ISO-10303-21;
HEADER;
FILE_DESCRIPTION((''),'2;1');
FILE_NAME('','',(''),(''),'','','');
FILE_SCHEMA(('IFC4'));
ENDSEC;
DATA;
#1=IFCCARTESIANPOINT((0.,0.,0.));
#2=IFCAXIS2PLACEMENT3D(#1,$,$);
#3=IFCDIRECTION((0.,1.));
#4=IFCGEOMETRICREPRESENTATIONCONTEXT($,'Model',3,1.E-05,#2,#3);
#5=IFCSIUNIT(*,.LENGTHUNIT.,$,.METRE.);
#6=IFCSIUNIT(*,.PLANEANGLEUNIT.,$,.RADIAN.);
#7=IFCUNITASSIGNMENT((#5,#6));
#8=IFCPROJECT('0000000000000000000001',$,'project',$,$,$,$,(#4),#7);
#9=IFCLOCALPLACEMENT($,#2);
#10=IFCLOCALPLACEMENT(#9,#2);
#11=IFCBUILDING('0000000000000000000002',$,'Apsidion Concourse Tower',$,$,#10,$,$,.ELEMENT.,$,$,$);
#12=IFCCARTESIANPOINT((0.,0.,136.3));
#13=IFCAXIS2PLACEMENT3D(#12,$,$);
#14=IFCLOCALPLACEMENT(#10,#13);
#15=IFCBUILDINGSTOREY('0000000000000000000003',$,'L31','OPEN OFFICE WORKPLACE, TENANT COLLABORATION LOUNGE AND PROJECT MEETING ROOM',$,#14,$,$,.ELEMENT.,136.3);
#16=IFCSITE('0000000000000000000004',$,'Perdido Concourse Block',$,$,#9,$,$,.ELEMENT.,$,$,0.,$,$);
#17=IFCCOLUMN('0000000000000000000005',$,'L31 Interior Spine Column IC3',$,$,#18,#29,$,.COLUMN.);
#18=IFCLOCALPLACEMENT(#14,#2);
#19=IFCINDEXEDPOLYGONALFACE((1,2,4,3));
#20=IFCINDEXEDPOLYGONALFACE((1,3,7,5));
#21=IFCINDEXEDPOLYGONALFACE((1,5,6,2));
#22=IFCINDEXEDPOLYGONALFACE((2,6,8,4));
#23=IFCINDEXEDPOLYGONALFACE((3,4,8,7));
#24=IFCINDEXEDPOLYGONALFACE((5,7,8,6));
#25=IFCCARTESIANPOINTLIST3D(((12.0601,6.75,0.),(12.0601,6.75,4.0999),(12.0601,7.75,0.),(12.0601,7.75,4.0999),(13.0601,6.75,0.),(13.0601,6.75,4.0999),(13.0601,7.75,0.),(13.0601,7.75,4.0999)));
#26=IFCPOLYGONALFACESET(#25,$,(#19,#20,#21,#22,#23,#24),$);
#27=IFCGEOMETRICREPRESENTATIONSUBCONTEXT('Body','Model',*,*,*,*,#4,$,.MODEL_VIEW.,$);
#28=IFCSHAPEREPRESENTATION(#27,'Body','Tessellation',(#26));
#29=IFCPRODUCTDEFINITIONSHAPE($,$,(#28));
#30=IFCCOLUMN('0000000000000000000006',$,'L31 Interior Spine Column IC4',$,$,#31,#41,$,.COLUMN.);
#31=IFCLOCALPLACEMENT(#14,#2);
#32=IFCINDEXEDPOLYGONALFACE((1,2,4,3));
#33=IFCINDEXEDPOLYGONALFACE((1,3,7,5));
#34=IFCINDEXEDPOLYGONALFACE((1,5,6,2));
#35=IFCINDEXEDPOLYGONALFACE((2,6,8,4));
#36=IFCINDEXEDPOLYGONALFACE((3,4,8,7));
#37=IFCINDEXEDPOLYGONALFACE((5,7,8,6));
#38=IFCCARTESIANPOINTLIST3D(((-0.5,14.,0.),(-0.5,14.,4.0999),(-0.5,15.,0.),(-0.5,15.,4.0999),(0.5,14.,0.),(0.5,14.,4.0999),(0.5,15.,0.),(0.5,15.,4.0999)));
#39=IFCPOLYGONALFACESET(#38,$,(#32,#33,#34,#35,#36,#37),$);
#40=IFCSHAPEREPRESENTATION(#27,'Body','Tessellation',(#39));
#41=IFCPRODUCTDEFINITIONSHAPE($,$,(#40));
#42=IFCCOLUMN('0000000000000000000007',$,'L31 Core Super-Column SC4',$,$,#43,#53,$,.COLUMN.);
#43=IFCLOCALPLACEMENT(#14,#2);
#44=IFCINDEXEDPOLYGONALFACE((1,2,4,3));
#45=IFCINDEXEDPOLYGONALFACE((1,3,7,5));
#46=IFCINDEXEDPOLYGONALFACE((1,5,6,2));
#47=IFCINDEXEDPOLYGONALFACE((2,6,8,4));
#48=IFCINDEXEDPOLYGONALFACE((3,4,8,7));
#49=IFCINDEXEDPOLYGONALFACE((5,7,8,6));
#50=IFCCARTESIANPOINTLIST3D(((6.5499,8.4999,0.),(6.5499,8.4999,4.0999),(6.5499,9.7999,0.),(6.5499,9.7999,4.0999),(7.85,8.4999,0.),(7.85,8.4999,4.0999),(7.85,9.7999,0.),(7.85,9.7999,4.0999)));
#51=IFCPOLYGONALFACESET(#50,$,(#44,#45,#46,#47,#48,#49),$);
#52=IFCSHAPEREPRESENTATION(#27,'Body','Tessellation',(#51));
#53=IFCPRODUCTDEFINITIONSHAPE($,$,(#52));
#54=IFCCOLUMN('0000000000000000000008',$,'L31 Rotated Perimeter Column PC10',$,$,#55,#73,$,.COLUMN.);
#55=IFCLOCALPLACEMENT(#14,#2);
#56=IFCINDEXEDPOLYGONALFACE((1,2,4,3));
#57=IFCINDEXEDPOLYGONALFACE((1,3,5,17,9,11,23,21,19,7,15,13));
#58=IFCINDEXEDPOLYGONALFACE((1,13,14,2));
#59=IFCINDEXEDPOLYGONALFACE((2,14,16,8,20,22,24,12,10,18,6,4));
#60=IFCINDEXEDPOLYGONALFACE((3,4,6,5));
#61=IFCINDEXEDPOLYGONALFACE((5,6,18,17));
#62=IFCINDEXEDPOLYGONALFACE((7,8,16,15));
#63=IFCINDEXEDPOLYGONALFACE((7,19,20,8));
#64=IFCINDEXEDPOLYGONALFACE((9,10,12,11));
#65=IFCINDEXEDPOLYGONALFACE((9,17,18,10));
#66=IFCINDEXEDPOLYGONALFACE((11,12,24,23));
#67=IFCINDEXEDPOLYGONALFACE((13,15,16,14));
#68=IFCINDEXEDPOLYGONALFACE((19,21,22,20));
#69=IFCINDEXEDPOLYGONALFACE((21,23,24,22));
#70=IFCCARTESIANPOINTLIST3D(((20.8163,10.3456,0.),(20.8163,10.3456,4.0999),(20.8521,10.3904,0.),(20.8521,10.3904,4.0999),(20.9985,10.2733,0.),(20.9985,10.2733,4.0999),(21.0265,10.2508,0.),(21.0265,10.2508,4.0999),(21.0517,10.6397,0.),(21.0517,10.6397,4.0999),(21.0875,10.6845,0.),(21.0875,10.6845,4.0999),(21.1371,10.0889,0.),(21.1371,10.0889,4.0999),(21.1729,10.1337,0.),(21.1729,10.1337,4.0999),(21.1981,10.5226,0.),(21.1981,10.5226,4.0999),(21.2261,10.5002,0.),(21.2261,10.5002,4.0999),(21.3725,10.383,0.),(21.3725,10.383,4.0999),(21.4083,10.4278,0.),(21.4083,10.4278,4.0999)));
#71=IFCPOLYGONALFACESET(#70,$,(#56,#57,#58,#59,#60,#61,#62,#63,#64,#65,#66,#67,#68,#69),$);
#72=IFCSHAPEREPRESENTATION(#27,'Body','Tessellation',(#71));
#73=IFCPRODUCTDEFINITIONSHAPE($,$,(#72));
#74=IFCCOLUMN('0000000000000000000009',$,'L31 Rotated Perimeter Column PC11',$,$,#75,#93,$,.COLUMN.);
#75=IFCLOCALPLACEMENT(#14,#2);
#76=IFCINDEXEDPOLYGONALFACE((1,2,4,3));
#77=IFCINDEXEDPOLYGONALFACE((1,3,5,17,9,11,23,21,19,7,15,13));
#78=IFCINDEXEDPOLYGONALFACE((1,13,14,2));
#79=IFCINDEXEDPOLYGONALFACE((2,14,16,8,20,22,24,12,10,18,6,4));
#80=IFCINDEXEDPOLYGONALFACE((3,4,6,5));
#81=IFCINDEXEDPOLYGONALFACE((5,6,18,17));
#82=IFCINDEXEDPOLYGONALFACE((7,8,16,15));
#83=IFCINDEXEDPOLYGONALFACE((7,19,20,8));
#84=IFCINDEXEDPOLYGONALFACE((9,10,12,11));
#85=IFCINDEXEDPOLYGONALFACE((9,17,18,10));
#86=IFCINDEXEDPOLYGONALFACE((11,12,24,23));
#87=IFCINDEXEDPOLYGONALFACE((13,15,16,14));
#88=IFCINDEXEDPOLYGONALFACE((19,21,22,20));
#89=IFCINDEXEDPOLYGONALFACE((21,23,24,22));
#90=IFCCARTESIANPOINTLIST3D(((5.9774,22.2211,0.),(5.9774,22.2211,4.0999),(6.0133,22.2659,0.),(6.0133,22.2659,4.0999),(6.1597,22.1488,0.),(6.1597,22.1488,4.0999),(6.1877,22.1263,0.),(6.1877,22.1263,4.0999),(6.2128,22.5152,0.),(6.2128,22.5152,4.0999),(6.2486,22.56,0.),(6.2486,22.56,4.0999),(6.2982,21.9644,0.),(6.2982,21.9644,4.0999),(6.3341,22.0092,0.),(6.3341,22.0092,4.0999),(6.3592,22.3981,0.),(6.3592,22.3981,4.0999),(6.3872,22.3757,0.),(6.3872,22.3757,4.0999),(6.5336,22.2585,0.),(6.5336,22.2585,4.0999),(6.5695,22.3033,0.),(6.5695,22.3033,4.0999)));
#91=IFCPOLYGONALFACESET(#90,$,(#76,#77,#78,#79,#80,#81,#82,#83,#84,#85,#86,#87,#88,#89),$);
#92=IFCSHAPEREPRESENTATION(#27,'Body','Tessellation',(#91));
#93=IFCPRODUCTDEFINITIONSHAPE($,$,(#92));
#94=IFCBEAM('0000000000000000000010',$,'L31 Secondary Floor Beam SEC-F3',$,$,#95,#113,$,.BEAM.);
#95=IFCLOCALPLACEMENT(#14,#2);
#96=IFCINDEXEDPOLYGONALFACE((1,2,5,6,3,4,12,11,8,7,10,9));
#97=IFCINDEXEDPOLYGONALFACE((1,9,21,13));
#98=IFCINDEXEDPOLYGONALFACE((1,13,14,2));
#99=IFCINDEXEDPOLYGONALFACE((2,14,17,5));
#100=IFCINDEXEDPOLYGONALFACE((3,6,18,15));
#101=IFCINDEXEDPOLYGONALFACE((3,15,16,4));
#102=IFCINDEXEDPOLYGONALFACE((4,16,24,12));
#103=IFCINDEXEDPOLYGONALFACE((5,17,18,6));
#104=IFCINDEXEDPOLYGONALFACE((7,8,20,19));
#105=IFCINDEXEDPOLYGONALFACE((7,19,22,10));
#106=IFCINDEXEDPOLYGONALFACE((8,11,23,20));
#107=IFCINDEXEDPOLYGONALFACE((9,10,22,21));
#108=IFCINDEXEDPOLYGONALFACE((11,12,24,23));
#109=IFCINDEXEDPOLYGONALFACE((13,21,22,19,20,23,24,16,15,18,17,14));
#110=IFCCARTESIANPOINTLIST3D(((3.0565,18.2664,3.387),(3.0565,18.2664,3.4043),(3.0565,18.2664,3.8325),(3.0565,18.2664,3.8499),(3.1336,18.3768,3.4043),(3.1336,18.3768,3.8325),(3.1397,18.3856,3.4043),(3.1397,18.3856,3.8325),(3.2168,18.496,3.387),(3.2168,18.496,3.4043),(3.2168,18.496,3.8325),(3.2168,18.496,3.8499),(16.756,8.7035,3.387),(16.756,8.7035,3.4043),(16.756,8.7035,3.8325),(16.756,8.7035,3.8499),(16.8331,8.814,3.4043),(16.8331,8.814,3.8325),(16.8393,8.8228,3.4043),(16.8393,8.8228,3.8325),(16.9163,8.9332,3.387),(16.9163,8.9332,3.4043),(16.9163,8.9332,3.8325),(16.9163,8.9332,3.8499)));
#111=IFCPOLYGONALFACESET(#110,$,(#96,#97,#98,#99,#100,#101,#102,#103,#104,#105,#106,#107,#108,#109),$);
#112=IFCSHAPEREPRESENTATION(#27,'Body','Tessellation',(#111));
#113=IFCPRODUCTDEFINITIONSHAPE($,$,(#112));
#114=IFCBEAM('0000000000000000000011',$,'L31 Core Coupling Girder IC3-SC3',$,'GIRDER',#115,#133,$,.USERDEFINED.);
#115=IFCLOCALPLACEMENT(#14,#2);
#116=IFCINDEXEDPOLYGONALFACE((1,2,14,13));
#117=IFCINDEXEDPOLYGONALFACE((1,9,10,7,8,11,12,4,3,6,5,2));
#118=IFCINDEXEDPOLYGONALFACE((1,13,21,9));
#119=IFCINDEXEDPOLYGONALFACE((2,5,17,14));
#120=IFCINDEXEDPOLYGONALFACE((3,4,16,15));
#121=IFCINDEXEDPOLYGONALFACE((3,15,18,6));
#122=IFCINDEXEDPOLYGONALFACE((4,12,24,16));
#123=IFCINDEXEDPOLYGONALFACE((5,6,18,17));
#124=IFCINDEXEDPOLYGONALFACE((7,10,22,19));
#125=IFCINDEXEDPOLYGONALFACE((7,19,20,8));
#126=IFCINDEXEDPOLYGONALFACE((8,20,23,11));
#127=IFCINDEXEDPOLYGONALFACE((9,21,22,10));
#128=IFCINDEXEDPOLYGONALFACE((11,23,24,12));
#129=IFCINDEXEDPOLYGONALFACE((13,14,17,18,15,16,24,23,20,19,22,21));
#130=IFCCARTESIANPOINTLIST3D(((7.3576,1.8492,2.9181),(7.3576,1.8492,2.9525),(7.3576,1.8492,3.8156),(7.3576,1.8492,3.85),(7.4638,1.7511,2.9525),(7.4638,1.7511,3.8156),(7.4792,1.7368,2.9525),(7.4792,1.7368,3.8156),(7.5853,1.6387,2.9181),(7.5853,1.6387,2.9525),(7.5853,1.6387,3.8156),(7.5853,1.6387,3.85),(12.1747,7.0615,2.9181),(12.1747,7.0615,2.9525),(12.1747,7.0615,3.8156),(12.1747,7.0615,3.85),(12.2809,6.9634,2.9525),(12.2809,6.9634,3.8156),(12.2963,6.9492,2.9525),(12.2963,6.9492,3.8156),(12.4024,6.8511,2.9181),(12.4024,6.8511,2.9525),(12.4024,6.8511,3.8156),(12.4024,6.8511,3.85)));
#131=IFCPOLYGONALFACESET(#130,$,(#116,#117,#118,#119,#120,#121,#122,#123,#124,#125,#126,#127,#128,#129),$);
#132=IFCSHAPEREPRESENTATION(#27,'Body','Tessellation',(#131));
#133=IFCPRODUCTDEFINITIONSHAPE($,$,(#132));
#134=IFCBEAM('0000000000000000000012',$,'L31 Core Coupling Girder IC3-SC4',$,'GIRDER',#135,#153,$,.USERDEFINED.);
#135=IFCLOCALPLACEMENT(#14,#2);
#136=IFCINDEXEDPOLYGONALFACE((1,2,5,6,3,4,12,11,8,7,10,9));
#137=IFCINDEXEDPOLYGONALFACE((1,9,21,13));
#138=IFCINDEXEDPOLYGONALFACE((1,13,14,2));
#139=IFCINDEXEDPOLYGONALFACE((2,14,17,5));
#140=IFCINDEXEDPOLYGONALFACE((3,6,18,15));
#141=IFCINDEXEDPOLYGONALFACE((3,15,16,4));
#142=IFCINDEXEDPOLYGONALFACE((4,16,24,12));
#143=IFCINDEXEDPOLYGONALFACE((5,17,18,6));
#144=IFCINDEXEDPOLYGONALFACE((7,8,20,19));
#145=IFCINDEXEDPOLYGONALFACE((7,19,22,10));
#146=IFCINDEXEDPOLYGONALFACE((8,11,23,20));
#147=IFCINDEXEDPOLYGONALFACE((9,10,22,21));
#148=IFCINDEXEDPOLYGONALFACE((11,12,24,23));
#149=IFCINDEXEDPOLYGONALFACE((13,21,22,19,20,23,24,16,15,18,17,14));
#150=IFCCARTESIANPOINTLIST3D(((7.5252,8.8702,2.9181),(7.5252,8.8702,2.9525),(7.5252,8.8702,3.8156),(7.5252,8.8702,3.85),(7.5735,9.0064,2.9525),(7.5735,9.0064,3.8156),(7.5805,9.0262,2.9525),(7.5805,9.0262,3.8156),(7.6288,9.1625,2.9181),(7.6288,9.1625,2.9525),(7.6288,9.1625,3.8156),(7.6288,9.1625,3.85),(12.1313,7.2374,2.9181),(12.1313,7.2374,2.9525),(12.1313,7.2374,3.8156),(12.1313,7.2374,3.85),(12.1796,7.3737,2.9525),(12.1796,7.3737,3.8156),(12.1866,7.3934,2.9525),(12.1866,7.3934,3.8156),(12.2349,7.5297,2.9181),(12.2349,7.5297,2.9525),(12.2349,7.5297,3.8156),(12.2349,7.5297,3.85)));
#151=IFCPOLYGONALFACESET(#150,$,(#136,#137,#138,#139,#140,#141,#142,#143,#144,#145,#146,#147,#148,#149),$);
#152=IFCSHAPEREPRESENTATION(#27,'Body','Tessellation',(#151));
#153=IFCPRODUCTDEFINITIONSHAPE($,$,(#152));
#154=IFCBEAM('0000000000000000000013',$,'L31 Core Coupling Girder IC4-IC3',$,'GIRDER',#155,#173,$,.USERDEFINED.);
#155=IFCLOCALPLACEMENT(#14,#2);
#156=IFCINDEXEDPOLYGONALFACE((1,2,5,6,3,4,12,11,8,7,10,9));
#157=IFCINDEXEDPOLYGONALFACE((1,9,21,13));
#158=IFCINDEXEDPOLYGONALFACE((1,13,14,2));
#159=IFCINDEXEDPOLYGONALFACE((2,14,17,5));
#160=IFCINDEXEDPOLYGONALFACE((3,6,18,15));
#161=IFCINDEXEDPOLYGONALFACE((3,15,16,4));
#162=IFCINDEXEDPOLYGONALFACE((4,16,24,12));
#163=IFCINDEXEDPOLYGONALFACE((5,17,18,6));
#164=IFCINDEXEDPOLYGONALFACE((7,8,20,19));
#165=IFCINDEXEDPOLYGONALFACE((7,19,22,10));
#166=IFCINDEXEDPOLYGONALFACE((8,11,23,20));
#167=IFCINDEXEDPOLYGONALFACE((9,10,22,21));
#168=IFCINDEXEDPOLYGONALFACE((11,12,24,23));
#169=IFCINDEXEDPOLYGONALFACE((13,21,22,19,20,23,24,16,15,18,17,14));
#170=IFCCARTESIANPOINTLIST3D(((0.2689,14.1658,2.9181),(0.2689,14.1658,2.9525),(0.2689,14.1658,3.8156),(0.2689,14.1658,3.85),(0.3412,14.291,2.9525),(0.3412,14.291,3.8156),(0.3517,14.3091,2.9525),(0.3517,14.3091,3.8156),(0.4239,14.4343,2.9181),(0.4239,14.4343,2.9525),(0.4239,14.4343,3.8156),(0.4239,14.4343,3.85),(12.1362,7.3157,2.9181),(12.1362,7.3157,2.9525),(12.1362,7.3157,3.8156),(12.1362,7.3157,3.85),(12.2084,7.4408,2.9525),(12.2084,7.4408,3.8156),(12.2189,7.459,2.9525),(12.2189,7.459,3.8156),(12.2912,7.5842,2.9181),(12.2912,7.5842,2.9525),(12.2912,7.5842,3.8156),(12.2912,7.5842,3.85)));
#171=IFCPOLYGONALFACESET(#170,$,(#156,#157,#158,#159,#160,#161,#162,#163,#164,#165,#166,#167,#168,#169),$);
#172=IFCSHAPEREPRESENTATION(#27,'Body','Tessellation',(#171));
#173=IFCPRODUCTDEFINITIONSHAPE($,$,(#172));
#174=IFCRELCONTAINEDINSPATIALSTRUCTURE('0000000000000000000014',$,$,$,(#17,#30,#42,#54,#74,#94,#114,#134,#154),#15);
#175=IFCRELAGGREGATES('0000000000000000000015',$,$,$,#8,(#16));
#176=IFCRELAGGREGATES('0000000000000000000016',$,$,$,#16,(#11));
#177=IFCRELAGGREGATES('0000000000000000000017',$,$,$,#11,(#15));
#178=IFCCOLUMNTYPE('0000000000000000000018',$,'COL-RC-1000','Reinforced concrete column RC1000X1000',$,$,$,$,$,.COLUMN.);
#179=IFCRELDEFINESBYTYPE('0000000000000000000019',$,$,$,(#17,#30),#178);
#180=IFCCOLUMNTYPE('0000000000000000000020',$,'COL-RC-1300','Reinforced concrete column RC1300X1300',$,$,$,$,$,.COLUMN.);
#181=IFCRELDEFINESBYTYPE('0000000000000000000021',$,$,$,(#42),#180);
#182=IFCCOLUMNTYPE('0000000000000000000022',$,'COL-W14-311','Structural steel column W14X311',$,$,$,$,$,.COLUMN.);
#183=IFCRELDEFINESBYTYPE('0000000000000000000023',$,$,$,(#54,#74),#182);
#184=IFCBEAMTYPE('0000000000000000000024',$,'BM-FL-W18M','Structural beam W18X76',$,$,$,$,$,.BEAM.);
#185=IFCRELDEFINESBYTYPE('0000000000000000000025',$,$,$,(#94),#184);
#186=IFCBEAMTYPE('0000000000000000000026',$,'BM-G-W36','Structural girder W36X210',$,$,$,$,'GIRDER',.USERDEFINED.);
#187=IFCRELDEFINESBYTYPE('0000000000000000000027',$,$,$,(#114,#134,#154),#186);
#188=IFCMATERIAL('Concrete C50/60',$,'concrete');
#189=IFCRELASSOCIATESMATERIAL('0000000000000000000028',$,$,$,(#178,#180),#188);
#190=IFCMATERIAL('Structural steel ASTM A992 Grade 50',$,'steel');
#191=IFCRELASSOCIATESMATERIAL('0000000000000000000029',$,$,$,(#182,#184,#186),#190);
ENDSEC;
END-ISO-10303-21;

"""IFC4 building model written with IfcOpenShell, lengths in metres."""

from ifc_helpers import new_model, si_unit, direction, frame, origin, origin_2d, place, context, subcontext, project, spatial, rectangle, i_section, extrude, material, material_profile, profile_set, type_object, element, save


model = new_model("IFC4")

# Units and contexts
model_context = context("Model", 3, precision=1e-05, world=origin(), true_north=direction((0.0, 1.0)))
body_context = subcontext(model_context, "Body", "Model", "MODEL_VIEW")
ifc_project = project(units=[si_unit("LENGTHUNIT", "METRE"), si_unit("PLANEANGLEUNIT", "RADIAN")], contexts=[model_context])

# Site, building, storey
site_placement = place(None, origin())
site = spatial("IfcSite", under=ifc_project, at=site_placement, Name="Perdido Concourse Block", CompositionType="ELEMENT", RefElevation=0.0)
building_placement = place(site_placement, origin())
building = spatial("IfcBuilding", under=site, at=building_placement, Name="Apsidion Concourse Tower", CompositionType="ELEMENT")
storey_placement = place(building_placement, frame((0.0, 0.0, 136.3)))
storey = spatial("IfcBuildingStorey", under=building, at=storey_placement, Name="L31", Description="OPEN OFFICE WORKPLACE, TENANT COLLABORATION LOUNGE AND PROJECT MEETING ROOM", CompositionType="ELEMENT", Elevation=136.3)

# Columns
ifc_material_1 = material(Name="Concrete C50/60", Category="concrete")
ifc_material_profile_1 = material_profile(ifc_material_1, rectangle(XDim=1.0, YDim=1.0, at=origin_2d()), Name="RC 1000x1000")
ifc_profile_set_1 = profile_set([ifc_material_profile_1], Name="Concrete C50/60")
column_type_1 = type_object("IfcColumnType", Name="COL-RC-1000", Description="Reinforced concrete column RC1000X1000", PredefinedType="COLUMN", material=ifc_profile_set_1)
for number, where, z_axis, x_axis, name in (
    (1, (12.5601, 7.25, 0.0), (0.0, 0.0, 1.0), (1.0, 0.0, 0.0), "L31 Interior Spine Column IC3"),
    (2, (0.0, 14.5, 0.0), (0.0, 0.0, 1.0), (1.0, 0.0, 0.0), "L31 Interior Spine Column IC4"),
):
    element("IfcColumn", number, at=place(storey_placement, frame(where, z_axis=z_axis, x_axis=x_axis)), inside=storey, type_object=column_type_1, Name=name, PredefinedType="COLUMN", context=body_context, shape_type="SweptSolid", body=[
        extrude(rectangle(XDim=1.0, YDim=1.0, at=origin_2d()), origin(), (0.0, 0.0, 1.0), 4.0999),
    ])
ifc_material_profile_2 = material_profile(ifc_material_1, rectangle(XDim=1.3, YDim=1.3, at=origin_2d()), Name="RC 1300x1300")
ifc_profile_set_2 = profile_set([ifc_material_profile_2], Name="Concrete C50/60")
column_type_2 = type_object("IfcColumnType", Name="COL-RC-1300", Description="Reinforced concrete column RC1300X1300", PredefinedType="COLUMN", material=ifc_profile_set_2)
column_placement = place(storey_placement, frame((7.2, 9.1499, 0.0), z_axis=(0.0, 0.0, 1.0), x_axis=(1.0, 0.0, 0.0)))
element("IfcColumn", 3, at=column_placement, inside=storey, type_object=column_type_2, Name="L31 Core Super-Column SC4", PredefinedType="COLUMN", context=body_context, shape_type="SweptSolid", body=[
    extrude(rectangle(XDim=1.3, YDim=1.3, at=origin_2d()), origin(), (0.0, 0.0, 1.0), 4.0999),
])
ifc_material_2 = material(Name="Structural steel ASTM A992 Grade 50", Category="steel")
ifc_material_profile_3 = material_profile(ifc_material_2, i_section(OverallWidth=0.4109, OverallDepth=0.4341, WebThickness=0.0359, FlangeThickness=0.0574, at=origin_2d()), Name="W14X311")
ifc_profile_set_3 = profile_set([ifc_material_profile_3], Name="Structural steel ASTM A992 Grade 50")
column_type_3 = type_object("IfcColumnType", Name="COL-W14-311", Description="Structural steel column W14X311", PredefinedType="COLUMN", material=ifc_profile_set_3)
for number, where, z_axis, x_axis, name in (
    (4, (21.1123, 10.3867, 0.0), (0.0, 0.0, 1.0), (-0.780758, 0.624834, 0.0), "L31 Rotated Perimeter Column PC10"),
    (5, (6.2734, 22.2622, 0.0), (0.0, 0.0, 1.0), (-0.780758, 0.624834, 0.0), "L31 Rotated Perimeter Column PC11"),
):
    element("IfcColumn", number, at=place(storey_placement, frame(where, z_axis=z_axis, x_axis=x_axis)), inside=storey, type_object=column_type_3, Name=name, PredefinedType="COLUMN", context=body_context, shape_type="SweptSolid", body=[
        extrude(i_section(OverallWidth=0.4109, OverallDepth=0.4341, WebThickness=0.0359, FlangeThickness=0.0574, at=origin_2d()), origin(), (0.0, 0.0, 1.0), 4.0999),
    ])

# Beams
ifc_material_profile_4 = material_profile(ifc_material_2, i_section(OverallWidth=0.28, OverallDepth=0.4629, WebThickness=0.0107, FlangeThickness=0.0173, at=origin_2d()), Name="W18X76")
ifc_profile_set_4 = profile_set([ifc_material_profile_4], Name="Structural steel ASTM A992 Grade 50")
beam_type_1 = type_object("IfcBeamType", Name="BM-FL-W18M", Description="Structural beam W18X76", PredefinedType="BEAM", material=ifc_profile_set_4)
beam_1_placement = place(storey_placement, frame((16.8362, 8.8184, 3.6184), z_axis=(-0.819987, 0.572382, 0.0), x_axis=(-0.572382, -0.819987, 0.0)))
element("IfcBeam", 6, at=beam_1_placement, inside=storey, type_object=beam_type_1, Name="L31 Secondary Floor Beam SEC-F3", PredefinedType="BEAM", context=body_context, shape_type="SweptSolid", body=[
    extrude(i_section(OverallWidth=0.28, OverallDepth=0.4629, WebThickness=0.0107, FlangeThickness=0.0173, at=origin_2d()), origin(), (0.0, 0.0, 1.0), 16.707),
])
ifc_material_profile_5 = material_profile(ifc_material_2, i_section(OverallWidth=0.3101, OverallDepth=0.9319, WebThickness=0.021, FlangeThickness=0.0344, at=origin_2d()), Name="W36X210")
ifc_profile_set_5 = profile_set([ifc_material_profile_5], Name="Structural steel ASTM A992 Grade 50")
beam_type_2 = type_object("IfcBeamType", Name="BM-G-W36", Description="Structural girder W36X210", ElementType="GIRDER", PredefinedType="USERDEFINED", material=ifc_profile_set_5)
beam_2_placement = place(storey_placement, frame((12.2886, 6.9563, 3.384), z_axis=(-0.678713, -0.734404, 0.0), x_axis=(0.734404, -0.678713, 0.0)))
element("IfcBeam", 7, at=beam_2_placement, inside=storey, type_object=beam_type_2, Name="L31 Core Coupling Girder IC3-SC3", ObjectType="GIRDER", PredefinedType="USERDEFINED", context=body_context, shape_type="SweptSolid", body=[
    extrude(i_section(OverallWidth=0.3101, OverallDepth=0.9319, WebThickness=0.021, FlangeThickness=0.0344, at=origin_2d()), origin(), (0.0, 0.0, 1.0), 7.0974),
])
beam_3_placement = place(storey_placement, frame((12.1831, 7.3835, 3.384), z_axis=(-0.942534, 0.334111, 0.0), x_axis=(-0.334111, -0.942534, 0.0)))
element("IfcBeam", 8, at=beam_3_placement, inside=storey, type_object=beam_type_2, Name="L31 Core Coupling Girder IC3-SC4", ObjectType="GIRDER", PredefinedType="USERDEFINED", context=body_context, shape_type="SweptSolid", body=[
    extrude(i_section(OverallWidth=0.3101, OverallDepth=0.9319, WebThickness=0.021, FlangeThickness=0.0344, at=origin_2d()), origin(), (0.0, 0.0, 1.0), 4.887),
])
beam_4_placement = place(storey_placement, frame((0.3464, 14.3, 3.384), z_axis=(0.86607, -0.499922, 0.0), x_axis=(0.499922, 0.86607, 0.0)))
element("IfcBeam", 9, at=beam_4_placement, inside=storey, type_object=beam_type_2, Name="L31 Core Coupling Girder IC4-IC3", ObjectType="GIRDER", PredefinedType="USERDEFINED", context=body_context, shape_type="SweptSolid", body=[
    extrude(i_section(OverallWidth=0.3101, OverallDepth=0.9319, WebThickness=0.021, FlangeThickness=0.0344, at=origin_2d()), origin(), (0.0, 0.0, 1.0), 13.7024),
])

save(model, "model.ifc")
